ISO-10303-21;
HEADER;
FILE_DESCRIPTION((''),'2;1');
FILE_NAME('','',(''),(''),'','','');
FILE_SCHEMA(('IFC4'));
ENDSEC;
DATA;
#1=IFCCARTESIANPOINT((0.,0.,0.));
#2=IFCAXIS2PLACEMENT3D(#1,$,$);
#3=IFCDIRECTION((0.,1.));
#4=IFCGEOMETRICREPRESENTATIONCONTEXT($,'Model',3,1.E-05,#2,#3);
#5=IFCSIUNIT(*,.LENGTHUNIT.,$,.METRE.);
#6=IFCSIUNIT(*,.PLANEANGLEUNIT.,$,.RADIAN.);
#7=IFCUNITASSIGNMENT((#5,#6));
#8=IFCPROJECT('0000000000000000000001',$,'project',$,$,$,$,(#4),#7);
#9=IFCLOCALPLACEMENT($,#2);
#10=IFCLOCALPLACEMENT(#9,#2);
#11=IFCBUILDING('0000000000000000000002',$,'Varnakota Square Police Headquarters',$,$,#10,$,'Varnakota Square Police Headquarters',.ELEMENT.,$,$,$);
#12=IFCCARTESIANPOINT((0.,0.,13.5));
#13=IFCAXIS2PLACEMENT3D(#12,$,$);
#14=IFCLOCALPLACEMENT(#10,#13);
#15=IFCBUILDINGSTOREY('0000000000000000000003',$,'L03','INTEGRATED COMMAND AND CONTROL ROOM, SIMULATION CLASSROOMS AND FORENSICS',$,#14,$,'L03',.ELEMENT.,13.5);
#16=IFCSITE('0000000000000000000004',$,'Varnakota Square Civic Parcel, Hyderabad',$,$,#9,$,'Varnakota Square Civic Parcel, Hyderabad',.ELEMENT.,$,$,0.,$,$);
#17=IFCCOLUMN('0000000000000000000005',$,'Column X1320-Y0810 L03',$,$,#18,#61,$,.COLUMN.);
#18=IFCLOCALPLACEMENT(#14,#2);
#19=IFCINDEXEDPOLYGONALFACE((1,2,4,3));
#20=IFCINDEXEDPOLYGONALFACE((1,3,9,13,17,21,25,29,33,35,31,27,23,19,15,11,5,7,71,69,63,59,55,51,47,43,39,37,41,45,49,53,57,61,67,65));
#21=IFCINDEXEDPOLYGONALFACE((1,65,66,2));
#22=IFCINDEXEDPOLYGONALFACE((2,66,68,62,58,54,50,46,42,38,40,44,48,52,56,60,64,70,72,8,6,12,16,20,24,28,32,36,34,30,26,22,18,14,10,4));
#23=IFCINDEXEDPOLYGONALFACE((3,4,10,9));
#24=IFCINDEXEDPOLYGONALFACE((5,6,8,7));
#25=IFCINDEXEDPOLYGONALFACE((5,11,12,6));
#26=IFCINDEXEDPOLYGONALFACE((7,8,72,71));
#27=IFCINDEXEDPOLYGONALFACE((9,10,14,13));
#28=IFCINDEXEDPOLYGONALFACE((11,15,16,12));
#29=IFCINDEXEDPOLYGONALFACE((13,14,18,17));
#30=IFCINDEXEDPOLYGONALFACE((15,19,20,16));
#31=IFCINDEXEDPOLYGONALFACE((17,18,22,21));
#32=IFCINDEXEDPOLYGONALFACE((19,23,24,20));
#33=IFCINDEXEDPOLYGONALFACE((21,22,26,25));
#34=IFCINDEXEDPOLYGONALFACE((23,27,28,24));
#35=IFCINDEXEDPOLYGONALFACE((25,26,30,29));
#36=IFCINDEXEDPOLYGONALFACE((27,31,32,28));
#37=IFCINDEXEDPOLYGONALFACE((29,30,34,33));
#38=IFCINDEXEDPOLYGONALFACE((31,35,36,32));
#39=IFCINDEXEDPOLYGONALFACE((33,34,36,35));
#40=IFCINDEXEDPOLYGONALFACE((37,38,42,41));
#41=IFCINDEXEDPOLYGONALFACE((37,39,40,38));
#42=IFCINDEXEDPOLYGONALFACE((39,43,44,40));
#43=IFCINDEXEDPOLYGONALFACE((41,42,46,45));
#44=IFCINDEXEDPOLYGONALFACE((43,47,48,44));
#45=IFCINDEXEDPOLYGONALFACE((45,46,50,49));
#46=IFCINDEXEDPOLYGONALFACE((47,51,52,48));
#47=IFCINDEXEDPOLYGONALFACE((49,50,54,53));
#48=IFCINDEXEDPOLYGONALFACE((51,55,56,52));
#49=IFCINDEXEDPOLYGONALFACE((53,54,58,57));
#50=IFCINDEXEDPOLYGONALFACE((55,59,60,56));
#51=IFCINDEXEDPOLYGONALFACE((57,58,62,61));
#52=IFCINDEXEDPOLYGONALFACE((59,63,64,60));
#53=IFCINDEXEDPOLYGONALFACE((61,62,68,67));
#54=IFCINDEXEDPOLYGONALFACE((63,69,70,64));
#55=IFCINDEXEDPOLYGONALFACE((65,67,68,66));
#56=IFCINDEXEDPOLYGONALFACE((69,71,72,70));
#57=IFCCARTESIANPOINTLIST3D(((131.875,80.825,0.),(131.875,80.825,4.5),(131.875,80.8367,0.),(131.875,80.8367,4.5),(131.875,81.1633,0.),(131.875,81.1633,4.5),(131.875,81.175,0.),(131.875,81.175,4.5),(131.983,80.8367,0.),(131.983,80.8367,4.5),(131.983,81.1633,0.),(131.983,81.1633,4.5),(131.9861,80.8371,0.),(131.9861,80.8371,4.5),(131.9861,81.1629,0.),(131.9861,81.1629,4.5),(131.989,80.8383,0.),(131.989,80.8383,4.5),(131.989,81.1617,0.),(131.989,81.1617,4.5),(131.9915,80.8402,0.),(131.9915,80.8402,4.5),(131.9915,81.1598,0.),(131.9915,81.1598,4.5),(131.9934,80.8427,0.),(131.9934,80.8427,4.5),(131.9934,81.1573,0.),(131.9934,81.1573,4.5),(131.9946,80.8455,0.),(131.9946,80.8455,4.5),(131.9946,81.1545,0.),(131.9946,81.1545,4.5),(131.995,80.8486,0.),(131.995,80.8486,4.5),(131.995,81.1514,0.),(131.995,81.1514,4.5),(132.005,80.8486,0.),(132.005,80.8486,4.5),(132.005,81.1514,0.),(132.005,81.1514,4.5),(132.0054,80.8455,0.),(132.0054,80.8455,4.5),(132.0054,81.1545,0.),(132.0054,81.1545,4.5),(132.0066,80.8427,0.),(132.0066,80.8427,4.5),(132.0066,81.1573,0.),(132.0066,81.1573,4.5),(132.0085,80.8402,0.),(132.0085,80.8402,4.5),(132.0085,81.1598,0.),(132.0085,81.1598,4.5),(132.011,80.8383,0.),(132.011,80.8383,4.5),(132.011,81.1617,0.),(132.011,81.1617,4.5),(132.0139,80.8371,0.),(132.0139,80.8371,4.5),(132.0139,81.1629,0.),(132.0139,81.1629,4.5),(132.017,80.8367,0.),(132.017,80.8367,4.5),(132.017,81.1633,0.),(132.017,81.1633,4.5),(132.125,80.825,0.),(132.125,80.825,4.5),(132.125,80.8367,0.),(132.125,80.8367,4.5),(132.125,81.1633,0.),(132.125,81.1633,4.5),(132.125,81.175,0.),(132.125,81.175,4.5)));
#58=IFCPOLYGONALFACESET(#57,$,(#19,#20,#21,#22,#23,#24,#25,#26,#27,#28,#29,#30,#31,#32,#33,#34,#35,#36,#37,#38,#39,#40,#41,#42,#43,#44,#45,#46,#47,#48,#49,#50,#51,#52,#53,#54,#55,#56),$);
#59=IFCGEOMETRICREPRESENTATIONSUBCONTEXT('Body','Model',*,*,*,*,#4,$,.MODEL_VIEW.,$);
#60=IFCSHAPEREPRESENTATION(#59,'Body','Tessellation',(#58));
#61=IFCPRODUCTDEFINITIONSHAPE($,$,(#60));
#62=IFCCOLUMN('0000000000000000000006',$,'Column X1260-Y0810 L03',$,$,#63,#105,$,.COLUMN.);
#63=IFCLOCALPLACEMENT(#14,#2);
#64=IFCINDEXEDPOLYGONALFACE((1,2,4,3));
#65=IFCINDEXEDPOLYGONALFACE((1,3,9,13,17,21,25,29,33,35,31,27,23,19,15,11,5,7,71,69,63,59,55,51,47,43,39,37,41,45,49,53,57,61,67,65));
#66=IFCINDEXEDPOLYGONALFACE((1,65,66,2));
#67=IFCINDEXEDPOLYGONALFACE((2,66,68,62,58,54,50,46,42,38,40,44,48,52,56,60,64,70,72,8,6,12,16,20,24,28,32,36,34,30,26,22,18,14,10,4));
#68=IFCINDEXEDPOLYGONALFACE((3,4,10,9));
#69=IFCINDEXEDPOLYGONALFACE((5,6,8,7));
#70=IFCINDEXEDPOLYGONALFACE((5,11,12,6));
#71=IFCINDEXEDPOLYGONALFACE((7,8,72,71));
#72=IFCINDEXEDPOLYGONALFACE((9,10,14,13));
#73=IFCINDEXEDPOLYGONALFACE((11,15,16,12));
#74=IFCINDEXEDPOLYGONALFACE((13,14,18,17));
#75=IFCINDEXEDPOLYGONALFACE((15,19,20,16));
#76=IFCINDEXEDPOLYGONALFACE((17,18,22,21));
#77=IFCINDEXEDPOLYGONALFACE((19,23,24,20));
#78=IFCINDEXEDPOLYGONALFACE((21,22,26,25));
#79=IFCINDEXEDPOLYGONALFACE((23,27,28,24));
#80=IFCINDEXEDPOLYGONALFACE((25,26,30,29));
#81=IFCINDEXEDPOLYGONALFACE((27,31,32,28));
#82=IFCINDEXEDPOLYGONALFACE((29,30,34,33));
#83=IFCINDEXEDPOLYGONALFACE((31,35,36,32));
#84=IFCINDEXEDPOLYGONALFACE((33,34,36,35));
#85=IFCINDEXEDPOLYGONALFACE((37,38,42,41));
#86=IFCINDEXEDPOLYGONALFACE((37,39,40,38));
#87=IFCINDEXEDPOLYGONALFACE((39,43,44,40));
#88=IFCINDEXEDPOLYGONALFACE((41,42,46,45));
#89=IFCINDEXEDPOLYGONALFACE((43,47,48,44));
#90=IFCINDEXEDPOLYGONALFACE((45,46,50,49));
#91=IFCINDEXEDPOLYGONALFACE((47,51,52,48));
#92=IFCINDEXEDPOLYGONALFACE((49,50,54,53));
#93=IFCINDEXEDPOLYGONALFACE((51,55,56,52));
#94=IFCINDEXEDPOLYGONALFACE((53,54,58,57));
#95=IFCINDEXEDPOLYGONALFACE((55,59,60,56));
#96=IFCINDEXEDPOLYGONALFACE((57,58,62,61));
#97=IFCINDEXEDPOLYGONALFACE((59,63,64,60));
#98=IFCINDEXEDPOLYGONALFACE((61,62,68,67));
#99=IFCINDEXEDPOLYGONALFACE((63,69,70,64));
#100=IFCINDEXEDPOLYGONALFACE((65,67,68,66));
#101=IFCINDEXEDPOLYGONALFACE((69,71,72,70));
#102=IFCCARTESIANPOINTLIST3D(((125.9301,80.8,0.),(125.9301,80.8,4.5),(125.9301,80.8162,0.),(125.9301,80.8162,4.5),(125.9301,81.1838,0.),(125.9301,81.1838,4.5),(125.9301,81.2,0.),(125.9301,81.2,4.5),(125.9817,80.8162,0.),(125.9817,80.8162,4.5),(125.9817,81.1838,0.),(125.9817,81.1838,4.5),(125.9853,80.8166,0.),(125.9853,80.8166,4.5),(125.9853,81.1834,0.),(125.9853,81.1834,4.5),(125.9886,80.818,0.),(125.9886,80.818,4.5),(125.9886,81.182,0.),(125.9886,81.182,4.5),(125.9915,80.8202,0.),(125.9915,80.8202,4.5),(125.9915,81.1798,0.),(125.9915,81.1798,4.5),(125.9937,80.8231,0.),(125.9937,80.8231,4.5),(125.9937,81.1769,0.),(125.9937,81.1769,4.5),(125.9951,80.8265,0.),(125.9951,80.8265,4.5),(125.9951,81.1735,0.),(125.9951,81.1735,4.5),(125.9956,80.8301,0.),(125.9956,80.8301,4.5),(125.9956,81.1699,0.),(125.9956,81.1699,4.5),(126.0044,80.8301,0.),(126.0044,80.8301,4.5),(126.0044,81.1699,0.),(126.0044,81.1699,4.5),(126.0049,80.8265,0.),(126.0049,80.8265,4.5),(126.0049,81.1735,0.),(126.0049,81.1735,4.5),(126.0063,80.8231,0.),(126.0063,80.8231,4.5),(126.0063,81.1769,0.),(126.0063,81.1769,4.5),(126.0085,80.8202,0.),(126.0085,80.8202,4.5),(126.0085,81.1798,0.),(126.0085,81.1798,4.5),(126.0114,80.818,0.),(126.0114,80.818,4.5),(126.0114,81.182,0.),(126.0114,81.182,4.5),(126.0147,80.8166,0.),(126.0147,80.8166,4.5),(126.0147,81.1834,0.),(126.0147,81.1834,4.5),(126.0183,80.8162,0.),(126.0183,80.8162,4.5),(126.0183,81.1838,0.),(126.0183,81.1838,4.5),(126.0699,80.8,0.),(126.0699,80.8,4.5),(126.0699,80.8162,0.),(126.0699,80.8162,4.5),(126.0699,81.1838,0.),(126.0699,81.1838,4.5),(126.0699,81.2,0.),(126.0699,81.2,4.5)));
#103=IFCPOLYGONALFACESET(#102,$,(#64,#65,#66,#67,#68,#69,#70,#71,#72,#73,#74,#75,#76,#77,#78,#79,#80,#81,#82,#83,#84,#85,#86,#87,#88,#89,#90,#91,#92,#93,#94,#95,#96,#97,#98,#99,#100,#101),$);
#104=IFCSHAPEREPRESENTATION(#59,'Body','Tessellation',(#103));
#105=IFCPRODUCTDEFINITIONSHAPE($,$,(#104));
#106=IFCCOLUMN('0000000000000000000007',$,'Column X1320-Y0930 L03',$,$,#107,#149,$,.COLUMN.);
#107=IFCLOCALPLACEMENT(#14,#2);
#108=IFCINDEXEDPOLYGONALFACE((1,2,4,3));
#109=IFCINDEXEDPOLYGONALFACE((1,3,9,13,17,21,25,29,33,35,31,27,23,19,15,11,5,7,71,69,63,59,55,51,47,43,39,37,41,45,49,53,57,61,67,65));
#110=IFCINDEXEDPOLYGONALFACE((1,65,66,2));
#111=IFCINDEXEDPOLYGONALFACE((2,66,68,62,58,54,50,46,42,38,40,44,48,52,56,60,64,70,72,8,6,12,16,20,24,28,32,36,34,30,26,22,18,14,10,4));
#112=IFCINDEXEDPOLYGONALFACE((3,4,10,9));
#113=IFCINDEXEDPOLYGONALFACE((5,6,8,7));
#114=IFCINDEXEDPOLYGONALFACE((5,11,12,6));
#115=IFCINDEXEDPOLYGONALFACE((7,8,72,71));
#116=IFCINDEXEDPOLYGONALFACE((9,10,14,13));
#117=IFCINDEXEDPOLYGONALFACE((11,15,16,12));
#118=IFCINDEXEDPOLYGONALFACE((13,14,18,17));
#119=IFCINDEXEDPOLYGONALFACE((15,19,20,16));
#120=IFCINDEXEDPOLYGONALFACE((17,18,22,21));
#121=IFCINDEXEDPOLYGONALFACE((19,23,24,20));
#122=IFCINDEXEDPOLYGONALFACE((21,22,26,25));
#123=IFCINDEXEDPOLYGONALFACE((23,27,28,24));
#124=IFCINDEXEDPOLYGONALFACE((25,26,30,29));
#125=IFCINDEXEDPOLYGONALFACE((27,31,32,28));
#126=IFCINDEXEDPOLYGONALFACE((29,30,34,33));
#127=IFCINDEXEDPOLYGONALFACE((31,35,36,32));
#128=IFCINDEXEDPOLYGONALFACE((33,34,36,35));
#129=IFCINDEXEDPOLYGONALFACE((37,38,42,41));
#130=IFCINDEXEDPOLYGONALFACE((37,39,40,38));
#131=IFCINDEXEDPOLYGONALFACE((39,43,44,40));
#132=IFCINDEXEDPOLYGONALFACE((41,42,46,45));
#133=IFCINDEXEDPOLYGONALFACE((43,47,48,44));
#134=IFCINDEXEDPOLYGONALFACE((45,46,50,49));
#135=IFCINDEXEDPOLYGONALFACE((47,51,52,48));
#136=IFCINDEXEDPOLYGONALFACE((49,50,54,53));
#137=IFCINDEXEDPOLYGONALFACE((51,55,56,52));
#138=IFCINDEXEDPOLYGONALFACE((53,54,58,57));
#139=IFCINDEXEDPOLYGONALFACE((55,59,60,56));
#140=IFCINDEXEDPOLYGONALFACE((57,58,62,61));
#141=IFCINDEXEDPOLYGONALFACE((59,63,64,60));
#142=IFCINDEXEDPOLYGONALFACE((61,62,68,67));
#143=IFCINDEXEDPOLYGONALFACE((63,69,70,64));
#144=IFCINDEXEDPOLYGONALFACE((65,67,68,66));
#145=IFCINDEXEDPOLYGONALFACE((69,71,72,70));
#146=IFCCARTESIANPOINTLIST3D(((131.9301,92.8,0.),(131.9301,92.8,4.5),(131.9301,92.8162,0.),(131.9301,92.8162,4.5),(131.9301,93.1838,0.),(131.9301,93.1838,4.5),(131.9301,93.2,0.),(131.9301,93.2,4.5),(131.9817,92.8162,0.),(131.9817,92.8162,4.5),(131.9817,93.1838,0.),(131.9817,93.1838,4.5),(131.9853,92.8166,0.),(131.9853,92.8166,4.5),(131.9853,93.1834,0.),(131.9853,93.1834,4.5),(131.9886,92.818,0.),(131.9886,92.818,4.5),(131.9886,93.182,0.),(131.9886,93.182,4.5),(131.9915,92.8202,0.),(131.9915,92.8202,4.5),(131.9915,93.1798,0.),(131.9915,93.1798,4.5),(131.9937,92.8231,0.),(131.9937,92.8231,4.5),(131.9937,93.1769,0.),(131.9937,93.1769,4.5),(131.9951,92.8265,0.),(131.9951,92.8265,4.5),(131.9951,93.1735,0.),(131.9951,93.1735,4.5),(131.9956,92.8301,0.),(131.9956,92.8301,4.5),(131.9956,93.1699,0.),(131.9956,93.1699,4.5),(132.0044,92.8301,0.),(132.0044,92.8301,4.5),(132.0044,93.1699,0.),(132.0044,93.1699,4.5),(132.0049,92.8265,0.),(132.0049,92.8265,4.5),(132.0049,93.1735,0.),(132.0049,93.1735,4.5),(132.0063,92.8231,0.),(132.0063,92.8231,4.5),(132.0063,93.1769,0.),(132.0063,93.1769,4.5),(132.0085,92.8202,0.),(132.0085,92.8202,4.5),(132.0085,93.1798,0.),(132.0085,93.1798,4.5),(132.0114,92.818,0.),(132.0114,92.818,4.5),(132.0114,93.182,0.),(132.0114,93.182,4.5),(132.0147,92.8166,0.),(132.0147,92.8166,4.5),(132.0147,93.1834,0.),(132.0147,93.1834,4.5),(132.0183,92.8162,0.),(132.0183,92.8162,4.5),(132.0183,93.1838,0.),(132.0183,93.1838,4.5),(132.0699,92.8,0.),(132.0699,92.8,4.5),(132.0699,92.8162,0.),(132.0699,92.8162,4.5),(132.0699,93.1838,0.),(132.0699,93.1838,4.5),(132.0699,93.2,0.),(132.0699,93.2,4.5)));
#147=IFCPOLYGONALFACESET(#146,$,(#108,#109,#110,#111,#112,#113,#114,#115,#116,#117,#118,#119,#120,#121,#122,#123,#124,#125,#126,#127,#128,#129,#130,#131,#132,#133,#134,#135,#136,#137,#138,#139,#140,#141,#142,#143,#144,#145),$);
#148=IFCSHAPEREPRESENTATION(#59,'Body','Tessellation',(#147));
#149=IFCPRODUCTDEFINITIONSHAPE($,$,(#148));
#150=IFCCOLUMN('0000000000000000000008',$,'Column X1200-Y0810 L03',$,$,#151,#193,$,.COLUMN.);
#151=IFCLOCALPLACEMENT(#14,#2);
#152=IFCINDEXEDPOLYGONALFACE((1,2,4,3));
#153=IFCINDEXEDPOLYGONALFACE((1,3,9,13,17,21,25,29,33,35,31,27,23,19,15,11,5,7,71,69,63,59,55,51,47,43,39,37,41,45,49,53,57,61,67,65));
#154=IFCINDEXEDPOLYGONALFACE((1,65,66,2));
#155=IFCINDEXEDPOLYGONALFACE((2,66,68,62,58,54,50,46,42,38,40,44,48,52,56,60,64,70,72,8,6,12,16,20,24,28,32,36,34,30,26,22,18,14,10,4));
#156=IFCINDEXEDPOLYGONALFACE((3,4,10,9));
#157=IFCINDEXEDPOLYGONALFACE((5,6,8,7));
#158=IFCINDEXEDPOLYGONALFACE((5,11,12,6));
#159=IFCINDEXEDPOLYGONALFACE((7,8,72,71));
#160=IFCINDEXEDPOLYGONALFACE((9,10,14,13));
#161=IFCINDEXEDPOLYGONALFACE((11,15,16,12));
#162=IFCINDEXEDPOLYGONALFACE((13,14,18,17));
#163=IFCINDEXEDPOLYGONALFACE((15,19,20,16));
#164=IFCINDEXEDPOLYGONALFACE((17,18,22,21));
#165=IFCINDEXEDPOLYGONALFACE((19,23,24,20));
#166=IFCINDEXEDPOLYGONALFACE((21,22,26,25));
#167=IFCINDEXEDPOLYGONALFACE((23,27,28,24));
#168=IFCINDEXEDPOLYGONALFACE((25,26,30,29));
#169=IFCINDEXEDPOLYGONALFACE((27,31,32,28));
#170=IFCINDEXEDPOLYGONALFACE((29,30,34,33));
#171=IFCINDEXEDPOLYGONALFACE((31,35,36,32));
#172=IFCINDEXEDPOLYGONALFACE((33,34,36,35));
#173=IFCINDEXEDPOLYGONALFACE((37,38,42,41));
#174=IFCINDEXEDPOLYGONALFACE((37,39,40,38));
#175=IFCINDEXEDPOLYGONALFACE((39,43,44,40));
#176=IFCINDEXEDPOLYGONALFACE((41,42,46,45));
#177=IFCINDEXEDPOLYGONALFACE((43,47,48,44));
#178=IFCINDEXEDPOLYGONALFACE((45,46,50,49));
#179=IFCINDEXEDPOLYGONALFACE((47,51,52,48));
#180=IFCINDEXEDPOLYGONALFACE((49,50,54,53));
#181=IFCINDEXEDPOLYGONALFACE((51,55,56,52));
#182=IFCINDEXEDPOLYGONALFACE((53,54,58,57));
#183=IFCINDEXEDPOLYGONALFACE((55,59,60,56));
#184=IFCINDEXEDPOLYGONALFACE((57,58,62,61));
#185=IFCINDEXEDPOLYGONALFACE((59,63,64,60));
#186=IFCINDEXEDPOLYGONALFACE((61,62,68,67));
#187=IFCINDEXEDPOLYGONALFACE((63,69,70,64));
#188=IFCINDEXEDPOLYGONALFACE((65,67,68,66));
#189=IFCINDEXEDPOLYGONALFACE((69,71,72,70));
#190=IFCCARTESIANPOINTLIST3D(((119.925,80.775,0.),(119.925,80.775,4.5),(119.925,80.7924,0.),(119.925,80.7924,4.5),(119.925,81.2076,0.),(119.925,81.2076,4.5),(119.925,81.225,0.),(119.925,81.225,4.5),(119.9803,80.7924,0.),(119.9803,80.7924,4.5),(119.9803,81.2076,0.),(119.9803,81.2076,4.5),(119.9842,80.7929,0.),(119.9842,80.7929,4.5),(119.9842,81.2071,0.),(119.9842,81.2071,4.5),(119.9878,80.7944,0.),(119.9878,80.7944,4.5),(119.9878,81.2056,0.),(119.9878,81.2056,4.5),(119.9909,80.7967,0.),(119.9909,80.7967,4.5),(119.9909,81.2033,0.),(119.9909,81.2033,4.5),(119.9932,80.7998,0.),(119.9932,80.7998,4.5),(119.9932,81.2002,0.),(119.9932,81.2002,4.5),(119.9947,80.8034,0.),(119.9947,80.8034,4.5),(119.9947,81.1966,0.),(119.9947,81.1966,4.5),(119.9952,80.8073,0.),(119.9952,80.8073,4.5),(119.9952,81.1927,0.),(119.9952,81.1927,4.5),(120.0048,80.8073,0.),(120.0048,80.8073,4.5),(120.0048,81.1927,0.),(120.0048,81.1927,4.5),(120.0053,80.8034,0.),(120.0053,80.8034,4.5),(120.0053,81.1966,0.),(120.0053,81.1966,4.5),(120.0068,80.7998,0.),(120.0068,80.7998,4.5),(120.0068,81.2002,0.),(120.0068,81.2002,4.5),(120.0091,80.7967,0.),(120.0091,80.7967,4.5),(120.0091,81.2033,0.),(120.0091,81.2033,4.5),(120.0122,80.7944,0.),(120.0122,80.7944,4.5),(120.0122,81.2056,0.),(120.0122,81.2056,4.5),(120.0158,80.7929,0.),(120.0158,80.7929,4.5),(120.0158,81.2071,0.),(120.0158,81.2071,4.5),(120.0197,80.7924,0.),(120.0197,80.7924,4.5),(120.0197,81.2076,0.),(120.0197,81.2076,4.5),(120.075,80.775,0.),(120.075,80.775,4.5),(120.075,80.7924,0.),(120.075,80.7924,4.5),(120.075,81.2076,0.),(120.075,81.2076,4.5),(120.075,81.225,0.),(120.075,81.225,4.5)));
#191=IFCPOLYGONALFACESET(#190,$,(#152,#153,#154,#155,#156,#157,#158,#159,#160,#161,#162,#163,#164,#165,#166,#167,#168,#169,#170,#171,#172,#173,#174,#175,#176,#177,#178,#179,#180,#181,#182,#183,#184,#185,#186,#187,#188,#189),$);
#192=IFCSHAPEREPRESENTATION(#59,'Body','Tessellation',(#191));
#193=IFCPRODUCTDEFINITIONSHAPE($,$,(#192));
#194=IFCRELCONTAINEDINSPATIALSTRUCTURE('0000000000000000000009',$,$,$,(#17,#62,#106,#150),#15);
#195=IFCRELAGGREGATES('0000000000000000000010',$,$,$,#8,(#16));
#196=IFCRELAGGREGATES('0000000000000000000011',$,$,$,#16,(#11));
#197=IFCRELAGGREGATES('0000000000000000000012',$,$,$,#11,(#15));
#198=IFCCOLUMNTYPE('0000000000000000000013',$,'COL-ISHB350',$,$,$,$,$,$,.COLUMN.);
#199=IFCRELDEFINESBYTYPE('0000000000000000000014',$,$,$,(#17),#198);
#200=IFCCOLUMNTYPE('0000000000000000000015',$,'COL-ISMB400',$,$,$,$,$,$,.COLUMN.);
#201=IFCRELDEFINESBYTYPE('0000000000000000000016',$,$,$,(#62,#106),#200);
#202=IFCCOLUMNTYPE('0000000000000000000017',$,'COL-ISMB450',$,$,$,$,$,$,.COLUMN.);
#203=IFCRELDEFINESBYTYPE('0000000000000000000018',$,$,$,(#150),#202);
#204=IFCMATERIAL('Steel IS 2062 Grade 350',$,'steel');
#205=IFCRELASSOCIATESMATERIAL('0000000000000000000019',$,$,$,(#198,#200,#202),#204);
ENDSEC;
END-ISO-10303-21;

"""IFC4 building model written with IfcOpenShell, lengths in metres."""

from ifc_helpers import new_model, si_unit, direction, frame, origin, origin_2d, place, context, subcontext, project, spatial, i_section, extrude, material, material_profile, profile_set, type_object, element, save


model = new_model("IFC4")

# Units and contexts
model_context = context("Model", 3, precision=1e-05, world=origin(), true_north=direction((0.0, 1.0)))
body_context = subcontext(model_context, "Body", "Model", "MODEL_VIEW")
ifc_project = project(units=[si_unit("LENGTHUNIT", "METRE"), si_unit("PLANEANGLEUNIT", "RADIAN")], contexts=[model_context])

# Site, building, storey
site_placement = place(None, origin())
site = spatial("IfcSite", under=ifc_project, at=site_placement, Name="Varnakota Square Civic Parcel, Hyderabad", LongName="Varnakota Square Civic Parcel, Hyderabad", CompositionType="ELEMENT", RefElevation=0.0)
building_placement = place(site_placement, origin())
building = spatial("IfcBuilding", under=site, at=building_placement, Name="Varnakota Square Police Headquarters", LongName="Varnakota Square Police Headquarters", CompositionType="ELEMENT")
storey_placement = place(building_placement, frame((0.0, 0.0, 13.5)))
storey = spatial("IfcBuildingStorey", under=building, at=storey_placement, Name="L03", Description="INTEGRATED COMMAND AND CONTROL ROOM, SIMULATION CLASSROOMS AND FORENSICS", LongName="L03", CompositionType="ELEMENT", Elevation=13.5)

# Columns
ifc_material_1 = material(Name="Steel IS 2062 Grade 350", Category="steel")
ifc_material_profile_1 = material_profile(ifc_material_1, i_section(OverallWidth=0.25, OverallDepth=0.3501, WebThickness=0.01, FlangeThickness=0.0117, FilletRadius=0.012, at=origin_2d()), Name="ISHB 350")
ifc_profile_set_1 = profile_set([ifc_material_profile_1], Name="Steel IS 2062 Grade 350")
column_type_1 = type_object("IfcColumnType", Name="COL-ISHB350", PredefinedType="COLUMN", material=ifc_profile_set_1)
column_placement = place(storey_placement, frame((132.0, 81.0, 0.0), z_axis=(0.0, 0.0, 1.0), x_axis=(1.0, 0.0, 0.0)))
element("IfcColumn", 1, at=column_placement, inside=storey, type_object=column_type_1, Name="Column X1320-Y0810 L03", PredefinedType="COLUMN", context=body_context, shape_type="SweptSolid", body=[
    extrude(i_section(OverallWidth=0.25, OverallDepth=0.3501, WebThickness=0.01, FlangeThickness=0.0117, FilletRadius=0.012, at=origin_2d()), origin(), (0.0, 0.0, 1.0), 4.5),
])
ifc_material_profile_2 = material_profile(ifc_material_1, i_section(OverallWidth=0.1399, OverallDepth=0.3999, WebThickness=0.0088, FlangeThickness=0.0161, FilletRadius=0.0139, at=origin_2d()), Name="ISMB 400")
ifc_profile_set_2 = profile_set([ifc_material_profile_2], Name="Steel IS 2062 Grade 350")
column_type_2 = type_object("IfcColumnType", Name="COL-ISMB400", PredefinedType="COLUMN", material=ifc_profile_set_2)
for number, where, z_axis, x_axis, name in (
    (2, (126.0, 81.0, 0.0), (0.0, 0.0, 1.0), (1.0, 0.0, 0.0), "Column X1260-Y0810 L03"),
    (3, (132.0, 93.0, 0.0), (0.0, 0.0, 1.0), (1.0, 0.0, 0.0), "Column X1320-Y0930 L03"),
):
    element("IfcColumn", number, at=place(storey_placement, frame(where, z_axis=z_axis, x_axis=x_axis)), inside=storey, type_object=column_type_2, Name=name, PredefinedType="COLUMN", context=body_context, shape_type="SweptSolid", body=[
        extrude(i_section(OverallWidth=0.1399, OverallDepth=0.3999, WebThickness=0.0088, FlangeThickness=0.0161, FilletRadius=0.0139, at=origin_2d()), origin(), (0.0, 0.0, 1.0), 4.5),
    ])
ifc_material_profile_3 = material_profile(ifc_material_1, i_section(OverallWidth=0.1499, OverallDepth=0.45, WebThickness=0.0095, FlangeThickness=0.0173, FilletRadius=0.0149, at=origin_2d()), Name="ISMB 450")
ifc_profile_set_3 = profile_set([ifc_material_profile_3], Name="Steel IS 2062 Grade 350")
column_type_3 = type_object("IfcColumnType", Name="COL-ISMB450", PredefinedType="COLUMN", material=ifc_profile_set_3)
for number, where, z_axis, x_axis, name in (
    (4, (120.0, 81.0, 0.0), (0.0, 0.0, 1.0), (1.0, 0.0, 0.0), "Column X1200-Y0810 L03"),
):
    element("IfcColumn", number, at=place(storey_placement, frame(where, z_axis=z_axis, x_axis=x_axis)), inside=storey, type_object=column_type_3, Name=name, PredefinedType="COLUMN", context=body_context, shape_type="SweptSolid", body=[
        extrude(i_section(OverallWidth=0.1499, OverallDepth=0.45, WebThickness=0.0095, FlangeThickness=0.0173, FilletRadius=0.0149, at=origin_2d()), origin(), (0.0, 0.0, 1.0), 4.5),
    ])

save(model, "model.ifc")
